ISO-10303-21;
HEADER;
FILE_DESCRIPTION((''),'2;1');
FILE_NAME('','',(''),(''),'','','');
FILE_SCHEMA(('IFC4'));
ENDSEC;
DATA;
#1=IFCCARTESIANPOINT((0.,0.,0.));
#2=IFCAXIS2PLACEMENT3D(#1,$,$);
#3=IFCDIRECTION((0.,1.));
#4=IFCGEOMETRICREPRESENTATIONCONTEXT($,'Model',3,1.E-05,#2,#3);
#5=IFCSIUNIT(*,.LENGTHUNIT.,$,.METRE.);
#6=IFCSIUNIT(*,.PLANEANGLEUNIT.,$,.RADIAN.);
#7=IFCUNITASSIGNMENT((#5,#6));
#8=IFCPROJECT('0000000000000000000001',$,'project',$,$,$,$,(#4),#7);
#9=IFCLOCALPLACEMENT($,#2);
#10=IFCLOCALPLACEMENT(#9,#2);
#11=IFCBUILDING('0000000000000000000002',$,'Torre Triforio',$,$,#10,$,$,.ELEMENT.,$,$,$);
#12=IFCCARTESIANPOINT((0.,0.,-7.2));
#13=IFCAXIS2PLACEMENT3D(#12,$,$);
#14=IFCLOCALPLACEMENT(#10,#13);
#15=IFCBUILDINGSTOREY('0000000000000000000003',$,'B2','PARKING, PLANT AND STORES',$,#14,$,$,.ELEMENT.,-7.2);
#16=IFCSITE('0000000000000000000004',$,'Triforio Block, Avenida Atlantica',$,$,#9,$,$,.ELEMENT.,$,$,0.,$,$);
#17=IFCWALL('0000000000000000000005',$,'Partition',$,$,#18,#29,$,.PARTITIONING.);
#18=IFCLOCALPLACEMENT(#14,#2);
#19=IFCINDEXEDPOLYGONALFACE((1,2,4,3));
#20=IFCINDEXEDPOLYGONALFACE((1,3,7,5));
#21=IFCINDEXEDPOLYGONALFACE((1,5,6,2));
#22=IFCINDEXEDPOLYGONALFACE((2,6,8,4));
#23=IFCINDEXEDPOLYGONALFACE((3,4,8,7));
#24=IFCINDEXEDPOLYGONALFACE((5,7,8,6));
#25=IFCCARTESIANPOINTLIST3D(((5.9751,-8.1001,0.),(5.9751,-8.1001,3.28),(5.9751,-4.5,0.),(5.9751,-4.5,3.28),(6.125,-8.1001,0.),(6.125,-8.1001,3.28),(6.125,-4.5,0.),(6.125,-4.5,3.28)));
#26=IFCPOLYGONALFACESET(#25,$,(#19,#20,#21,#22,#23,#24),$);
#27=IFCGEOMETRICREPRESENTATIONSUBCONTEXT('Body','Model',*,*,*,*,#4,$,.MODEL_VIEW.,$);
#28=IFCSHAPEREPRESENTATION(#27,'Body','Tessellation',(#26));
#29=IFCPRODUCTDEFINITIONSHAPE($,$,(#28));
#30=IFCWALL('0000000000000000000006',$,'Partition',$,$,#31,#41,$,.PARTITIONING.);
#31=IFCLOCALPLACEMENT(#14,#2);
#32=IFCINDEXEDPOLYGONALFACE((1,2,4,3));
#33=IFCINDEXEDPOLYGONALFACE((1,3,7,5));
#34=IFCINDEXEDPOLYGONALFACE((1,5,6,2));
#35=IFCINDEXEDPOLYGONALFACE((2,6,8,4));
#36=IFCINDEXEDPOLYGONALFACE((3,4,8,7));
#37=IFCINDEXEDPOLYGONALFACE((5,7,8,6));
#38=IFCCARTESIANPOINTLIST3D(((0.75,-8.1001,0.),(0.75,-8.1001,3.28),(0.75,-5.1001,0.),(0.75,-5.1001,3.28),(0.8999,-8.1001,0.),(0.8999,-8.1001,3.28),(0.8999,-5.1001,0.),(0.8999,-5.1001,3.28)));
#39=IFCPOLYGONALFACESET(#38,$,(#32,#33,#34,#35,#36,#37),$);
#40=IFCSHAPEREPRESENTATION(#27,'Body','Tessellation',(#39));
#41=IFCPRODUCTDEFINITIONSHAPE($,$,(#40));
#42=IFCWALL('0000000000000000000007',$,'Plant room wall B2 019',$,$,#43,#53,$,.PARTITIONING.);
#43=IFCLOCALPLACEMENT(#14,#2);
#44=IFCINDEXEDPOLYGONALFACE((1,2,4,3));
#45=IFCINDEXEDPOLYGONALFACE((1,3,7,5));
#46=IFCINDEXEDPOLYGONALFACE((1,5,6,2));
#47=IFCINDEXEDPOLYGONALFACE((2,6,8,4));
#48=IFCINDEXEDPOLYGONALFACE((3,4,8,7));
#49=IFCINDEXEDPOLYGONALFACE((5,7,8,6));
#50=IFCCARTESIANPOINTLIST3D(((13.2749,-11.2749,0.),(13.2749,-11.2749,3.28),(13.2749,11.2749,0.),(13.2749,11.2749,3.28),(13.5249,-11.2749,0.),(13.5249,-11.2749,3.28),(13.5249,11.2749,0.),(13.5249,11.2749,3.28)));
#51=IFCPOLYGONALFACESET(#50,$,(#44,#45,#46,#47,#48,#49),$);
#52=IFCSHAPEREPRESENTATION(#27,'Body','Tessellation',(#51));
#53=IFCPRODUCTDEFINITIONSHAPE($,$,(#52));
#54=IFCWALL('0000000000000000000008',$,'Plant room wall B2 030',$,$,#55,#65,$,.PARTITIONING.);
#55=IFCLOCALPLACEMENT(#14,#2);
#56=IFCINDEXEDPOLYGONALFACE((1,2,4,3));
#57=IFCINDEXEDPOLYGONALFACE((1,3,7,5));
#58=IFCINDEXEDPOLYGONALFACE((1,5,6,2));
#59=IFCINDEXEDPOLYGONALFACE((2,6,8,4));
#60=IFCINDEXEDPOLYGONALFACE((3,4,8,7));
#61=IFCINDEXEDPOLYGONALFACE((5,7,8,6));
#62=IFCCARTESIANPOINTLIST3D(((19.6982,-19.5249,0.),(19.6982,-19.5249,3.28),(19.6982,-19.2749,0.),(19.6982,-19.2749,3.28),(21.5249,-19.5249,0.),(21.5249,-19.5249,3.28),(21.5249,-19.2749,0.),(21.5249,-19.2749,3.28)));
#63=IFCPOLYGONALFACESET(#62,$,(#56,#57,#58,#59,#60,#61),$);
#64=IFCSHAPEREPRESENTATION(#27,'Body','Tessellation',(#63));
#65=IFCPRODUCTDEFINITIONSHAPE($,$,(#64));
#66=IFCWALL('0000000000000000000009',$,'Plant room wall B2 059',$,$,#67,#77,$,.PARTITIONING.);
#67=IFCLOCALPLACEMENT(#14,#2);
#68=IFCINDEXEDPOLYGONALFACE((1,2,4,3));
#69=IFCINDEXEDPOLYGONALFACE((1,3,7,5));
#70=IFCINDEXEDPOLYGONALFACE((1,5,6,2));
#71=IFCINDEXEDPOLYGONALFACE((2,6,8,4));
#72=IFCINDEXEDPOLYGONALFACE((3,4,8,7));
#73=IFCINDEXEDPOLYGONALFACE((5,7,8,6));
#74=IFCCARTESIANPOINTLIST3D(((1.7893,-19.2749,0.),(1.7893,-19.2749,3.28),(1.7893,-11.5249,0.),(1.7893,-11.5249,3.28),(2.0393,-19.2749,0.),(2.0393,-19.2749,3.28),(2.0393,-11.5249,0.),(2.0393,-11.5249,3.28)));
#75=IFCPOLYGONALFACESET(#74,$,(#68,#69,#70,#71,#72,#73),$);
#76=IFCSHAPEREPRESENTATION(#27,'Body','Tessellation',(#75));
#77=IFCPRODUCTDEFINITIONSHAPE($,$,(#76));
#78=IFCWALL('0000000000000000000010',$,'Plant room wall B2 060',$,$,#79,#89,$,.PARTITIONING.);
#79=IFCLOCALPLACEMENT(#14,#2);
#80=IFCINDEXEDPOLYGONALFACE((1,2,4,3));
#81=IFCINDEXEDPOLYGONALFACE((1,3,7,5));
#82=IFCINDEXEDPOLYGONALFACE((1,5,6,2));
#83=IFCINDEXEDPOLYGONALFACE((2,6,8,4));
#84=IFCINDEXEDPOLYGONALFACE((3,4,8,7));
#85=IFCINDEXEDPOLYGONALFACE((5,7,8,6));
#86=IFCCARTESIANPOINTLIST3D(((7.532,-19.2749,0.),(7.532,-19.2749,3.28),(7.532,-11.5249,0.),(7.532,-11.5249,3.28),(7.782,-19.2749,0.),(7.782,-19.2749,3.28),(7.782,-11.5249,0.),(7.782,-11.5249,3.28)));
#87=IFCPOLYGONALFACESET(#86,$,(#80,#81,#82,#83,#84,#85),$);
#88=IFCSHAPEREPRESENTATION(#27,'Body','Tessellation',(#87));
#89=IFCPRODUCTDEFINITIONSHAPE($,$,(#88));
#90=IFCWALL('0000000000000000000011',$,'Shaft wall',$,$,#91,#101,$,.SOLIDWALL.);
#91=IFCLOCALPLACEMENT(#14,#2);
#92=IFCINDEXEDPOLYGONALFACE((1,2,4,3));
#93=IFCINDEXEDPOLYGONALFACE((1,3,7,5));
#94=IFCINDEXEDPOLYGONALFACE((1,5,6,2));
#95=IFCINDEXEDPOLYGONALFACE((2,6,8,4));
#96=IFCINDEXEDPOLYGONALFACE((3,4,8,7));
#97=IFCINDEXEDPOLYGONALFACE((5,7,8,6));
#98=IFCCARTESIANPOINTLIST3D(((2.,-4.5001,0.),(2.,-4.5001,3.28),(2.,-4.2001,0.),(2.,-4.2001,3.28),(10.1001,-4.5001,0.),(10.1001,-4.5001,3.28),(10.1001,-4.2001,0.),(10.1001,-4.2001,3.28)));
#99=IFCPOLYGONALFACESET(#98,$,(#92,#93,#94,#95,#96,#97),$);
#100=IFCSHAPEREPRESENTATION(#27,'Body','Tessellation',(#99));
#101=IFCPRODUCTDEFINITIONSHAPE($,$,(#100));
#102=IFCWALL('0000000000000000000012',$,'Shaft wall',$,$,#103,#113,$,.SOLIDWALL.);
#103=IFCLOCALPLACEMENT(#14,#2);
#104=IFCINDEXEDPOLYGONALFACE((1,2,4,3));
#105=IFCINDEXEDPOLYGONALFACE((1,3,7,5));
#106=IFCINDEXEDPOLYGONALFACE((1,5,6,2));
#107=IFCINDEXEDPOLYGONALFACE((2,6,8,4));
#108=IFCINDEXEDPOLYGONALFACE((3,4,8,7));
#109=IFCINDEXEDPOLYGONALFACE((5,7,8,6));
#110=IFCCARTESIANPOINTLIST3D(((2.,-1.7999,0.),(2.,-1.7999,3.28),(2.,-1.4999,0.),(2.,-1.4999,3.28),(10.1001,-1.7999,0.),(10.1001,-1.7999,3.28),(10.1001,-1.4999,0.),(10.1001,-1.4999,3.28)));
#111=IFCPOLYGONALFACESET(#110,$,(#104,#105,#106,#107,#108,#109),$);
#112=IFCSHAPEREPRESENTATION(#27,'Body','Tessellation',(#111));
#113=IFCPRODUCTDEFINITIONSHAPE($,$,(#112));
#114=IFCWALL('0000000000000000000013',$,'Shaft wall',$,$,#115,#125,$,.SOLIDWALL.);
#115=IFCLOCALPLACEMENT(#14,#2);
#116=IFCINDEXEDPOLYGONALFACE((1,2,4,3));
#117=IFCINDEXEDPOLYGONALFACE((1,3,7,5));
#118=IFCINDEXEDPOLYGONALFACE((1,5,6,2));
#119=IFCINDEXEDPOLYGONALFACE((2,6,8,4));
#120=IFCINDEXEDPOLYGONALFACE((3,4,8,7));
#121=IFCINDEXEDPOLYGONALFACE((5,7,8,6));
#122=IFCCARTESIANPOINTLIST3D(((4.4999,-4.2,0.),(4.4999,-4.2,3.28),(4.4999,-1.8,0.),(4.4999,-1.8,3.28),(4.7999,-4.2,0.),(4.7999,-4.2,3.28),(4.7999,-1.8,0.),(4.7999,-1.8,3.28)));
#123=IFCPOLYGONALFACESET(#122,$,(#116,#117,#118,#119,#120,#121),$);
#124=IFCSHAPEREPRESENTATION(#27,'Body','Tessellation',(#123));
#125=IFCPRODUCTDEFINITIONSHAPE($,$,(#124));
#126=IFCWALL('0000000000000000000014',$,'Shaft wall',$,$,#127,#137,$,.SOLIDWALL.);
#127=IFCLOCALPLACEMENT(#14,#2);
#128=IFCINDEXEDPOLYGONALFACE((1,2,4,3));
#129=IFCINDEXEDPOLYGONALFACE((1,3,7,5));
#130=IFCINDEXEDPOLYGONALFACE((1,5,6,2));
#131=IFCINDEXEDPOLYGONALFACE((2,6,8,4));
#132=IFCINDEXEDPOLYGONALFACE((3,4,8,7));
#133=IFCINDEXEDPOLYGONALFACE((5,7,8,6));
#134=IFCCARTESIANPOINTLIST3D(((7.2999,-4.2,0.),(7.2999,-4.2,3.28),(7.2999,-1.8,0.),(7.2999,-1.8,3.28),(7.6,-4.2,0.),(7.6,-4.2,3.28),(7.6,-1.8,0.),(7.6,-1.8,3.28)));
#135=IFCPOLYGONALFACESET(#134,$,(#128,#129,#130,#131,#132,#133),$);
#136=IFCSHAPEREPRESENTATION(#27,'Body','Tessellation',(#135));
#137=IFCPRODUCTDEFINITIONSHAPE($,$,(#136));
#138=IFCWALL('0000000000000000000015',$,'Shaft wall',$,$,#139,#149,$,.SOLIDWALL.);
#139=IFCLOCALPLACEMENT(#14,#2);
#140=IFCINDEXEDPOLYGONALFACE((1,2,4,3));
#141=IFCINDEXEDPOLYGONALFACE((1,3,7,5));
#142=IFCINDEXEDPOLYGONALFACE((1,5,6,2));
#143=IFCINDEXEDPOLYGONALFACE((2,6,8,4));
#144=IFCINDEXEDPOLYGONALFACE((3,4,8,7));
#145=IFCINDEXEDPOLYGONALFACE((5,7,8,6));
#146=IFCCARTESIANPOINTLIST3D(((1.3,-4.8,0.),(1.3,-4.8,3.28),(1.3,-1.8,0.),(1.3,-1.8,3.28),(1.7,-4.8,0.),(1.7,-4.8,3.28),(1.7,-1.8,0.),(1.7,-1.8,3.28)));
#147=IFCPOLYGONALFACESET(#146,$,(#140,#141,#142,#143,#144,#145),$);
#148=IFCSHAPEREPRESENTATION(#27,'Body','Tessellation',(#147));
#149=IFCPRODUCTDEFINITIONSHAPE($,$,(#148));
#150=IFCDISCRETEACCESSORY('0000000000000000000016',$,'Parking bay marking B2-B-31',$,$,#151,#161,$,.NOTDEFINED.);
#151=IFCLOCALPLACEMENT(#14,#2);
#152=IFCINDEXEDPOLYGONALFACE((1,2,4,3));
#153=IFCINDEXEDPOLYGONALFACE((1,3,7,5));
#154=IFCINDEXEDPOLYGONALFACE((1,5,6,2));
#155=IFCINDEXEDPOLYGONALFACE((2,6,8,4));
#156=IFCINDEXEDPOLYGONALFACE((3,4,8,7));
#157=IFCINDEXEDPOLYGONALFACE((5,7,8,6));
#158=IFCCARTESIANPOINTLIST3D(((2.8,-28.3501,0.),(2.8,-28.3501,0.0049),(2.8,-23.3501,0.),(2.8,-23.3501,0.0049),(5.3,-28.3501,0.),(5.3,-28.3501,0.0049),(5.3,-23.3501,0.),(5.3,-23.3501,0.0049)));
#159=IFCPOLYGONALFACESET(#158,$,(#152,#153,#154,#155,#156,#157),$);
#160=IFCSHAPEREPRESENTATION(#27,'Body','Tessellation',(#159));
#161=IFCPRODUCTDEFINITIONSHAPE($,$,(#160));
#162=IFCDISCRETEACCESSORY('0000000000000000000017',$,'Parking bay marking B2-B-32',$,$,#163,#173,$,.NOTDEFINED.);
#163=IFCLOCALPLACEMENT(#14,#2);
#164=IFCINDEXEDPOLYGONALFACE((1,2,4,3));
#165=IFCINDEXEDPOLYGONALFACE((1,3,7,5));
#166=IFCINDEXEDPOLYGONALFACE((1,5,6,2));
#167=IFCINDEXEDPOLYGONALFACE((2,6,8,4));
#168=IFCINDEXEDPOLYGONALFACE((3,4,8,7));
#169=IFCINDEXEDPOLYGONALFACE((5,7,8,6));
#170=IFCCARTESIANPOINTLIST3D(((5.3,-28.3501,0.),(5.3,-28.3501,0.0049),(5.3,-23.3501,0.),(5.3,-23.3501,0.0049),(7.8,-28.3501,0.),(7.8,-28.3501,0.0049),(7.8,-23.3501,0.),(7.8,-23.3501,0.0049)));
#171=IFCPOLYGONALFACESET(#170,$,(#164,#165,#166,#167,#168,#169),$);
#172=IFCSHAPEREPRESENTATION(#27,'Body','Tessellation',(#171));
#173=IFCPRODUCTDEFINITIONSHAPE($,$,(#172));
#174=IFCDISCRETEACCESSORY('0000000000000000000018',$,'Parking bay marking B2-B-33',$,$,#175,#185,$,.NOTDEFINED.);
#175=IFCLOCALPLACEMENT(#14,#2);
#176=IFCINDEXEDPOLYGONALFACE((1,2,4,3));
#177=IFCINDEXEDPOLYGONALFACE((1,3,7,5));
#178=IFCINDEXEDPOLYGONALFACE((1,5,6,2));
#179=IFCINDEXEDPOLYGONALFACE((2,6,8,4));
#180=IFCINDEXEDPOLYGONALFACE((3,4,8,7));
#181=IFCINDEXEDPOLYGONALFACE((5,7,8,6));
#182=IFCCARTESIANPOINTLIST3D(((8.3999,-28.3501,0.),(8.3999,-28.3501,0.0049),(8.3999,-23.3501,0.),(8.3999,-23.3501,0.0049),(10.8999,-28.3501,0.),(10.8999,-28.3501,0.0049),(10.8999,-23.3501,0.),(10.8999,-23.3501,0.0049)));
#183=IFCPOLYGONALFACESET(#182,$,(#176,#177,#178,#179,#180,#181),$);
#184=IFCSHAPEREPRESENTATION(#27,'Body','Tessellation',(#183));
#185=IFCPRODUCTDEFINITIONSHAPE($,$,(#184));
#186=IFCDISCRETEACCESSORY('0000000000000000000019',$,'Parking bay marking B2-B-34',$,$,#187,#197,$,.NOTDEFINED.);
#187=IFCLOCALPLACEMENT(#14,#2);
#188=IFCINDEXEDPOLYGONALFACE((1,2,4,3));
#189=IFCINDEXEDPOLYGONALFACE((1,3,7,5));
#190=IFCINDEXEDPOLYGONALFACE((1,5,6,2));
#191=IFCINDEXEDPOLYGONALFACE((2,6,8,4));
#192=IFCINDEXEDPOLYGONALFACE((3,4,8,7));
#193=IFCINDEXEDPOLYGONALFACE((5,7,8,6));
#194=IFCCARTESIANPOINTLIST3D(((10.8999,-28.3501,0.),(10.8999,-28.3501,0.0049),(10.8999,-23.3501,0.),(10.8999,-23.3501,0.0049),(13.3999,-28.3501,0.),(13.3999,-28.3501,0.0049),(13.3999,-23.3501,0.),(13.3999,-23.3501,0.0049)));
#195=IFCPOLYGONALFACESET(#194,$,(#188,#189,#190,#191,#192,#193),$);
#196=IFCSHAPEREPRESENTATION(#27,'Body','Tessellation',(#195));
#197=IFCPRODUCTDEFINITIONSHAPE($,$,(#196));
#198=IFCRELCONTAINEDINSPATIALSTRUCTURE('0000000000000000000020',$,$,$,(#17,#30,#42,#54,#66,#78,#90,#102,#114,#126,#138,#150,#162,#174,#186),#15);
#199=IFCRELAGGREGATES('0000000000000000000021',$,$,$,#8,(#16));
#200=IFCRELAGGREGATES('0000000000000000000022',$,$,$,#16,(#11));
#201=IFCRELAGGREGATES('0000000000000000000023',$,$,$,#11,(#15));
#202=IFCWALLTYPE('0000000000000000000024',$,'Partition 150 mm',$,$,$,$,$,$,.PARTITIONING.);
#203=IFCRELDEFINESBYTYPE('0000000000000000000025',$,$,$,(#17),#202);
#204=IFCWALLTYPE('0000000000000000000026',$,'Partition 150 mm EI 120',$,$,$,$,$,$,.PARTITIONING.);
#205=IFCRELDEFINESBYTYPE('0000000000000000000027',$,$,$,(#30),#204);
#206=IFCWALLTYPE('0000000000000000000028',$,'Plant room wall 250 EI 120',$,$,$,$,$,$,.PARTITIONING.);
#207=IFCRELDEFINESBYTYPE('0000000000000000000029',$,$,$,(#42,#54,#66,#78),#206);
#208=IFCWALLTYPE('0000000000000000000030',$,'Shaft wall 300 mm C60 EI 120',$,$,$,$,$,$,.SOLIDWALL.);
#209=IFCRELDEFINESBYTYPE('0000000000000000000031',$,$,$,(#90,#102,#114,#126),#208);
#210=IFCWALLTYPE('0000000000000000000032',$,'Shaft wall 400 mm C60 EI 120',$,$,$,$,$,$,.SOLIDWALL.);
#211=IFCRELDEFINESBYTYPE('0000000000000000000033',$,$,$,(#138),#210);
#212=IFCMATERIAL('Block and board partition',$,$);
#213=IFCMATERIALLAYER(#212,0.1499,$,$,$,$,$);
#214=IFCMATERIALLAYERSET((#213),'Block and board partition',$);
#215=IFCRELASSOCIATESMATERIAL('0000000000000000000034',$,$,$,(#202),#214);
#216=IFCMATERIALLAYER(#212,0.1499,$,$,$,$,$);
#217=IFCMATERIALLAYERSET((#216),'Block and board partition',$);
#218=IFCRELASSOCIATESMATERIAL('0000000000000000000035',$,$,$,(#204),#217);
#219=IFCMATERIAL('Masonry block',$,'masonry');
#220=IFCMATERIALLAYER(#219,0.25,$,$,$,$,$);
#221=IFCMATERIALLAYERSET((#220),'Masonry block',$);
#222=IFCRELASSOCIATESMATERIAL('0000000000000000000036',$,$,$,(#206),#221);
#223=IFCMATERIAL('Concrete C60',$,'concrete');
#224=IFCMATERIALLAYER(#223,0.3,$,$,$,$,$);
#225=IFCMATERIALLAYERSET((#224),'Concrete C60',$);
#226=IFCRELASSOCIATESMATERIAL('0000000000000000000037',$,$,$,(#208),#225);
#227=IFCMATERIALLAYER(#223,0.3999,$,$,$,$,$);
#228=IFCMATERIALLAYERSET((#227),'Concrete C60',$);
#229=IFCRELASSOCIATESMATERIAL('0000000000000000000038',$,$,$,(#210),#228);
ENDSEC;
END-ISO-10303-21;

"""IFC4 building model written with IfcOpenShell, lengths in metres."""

from ifc_helpers import new_model, si_unit, direction, frame, frame_2d, origin, origin_2d, place, context, subcontext, project, spatial, rectangle, extrude, material, layer, layer_set, type_object, element, save


model = new_model("IFC4")

# Units and contexts
model_context = context("Model", 3, precision=1e-05, world=origin(), true_north=direction((0.0, 1.0)))
body_context = subcontext(model_context, "Body", "Model", "MODEL_VIEW")
ifc_project = project(units=[si_unit("LENGTHUNIT", "METRE"), si_unit("PLANEANGLEUNIT", "RADIAN")], contexts=[model_context])

# Site, building, storey
site_placement = place(None, origin())
site = spatial("IfcSite", under=ifc_project, at=site_placement, Name="Triforio Block, Avenida Atlantica", CompositionType="ELEMENT", RefElevation=0.0)
building_placement = place(site_placement, origin())
building = spatial("IfcBuilding", under=site, at=building_placement, Name="Torre Triforio", CompositionType="ELEMENT")
storey_placement = place(building_placement, frame((0.0, 0.0, -7.2)))
storey = spatial("IfcBuildingStorey", under=building, at=storey_placement, Name="B2", Description="PARKING, PLANT AND STORES", CompositionType="ELEMENT", Elevation=-7.2)

# Shared definitions
ifc_material_1 = material(Name="Concrete C60", Category="concrete")

# Shared definitions
ifc_material_2 = material(Name="Block and board partition")

# Walls
ifc_layer_1 = layer(ifc_material_2, 0.1499)
ifc_layer_set_1 = layer_set([ifc_layer_1], Name="Block and board partition")
wall_type_1 = type_object("IfcWallType", Name="Partition 150 mm", PredefinedType="PARTITIONING", material=ifc_layer_set_1)
wall_1_placement = place(storey_placement, frame((6.05, -8.1001, 0.0), z_axis=(0.0, 0.0, 1.0), x_axis=(0.0, 1.0, 0.0)))
element("IfcWall", 1, at=wall_1_placement, inside=storey, type_object=wall_type_1, Name="Partition", PredefinedType="PARTITIONING", context=body_context, shape_type="SweptSolid", body=[
    extrude(rectangle(XDim=3.6001, YDim=0.1499, at=frame_2d((1.8, 0.0))), origin(), (0.0, 0.0, 1.0), 3.28),
])
ifc_layer_2 = layer(ifc_material_2, 0.1499)
ifc_layer_set_2 = layer_set([ifc_layer_2], Name="Block and board partition")
wall_type_2 = type_object("IfcWallType", Name="Partition 150 mm EI 120", PredefinedType="PARTITIONING", material=ifc_layer_set_2)
wall_2_placement = place(storey_placement, frame((0.825, -8.1001, 0.0), z_axis=(0.0, 0.0, 1.0), x_axis=(0.0, 1.0, 0.0)))
element("IfcWall", 2, at=wall_2_placement, inside=storey, type_object=wall_type_2, Name="Partition", PredefinedType="PARTITIONING", context=body_context, shape_type="SweptSolid", body=[
    extrude(rectangle(XDim=3.0, YDim=0.1499, at=frame_2d((1.5, 0.0))), origin(), (0.0, 0.0, 1.0), 3.28),
])
ifc_material_3 = material(Name="Masonry block", Category="masonry")
ifc_layer_3 = layer(ifc_material_3, 0.25)
ifc_layer_set_3 = layer_set([ifc_layer_3], Name="Masonry block")
wall_type_3 = type_object("IfcWallType", Name="Plant room wall 250 EI 120", PredefinedType="PARTITIONING", material=ifc_layer_set_3)
wall_3_placement = place(storey_placement, frame((13.3999, -11.2749, 0.0), z_axis=(0.0, 0.0, 1.0), x_axis=(0.0, 1.0, 0.0)))
element("IfcWall", 3, at=wall_3_placement, inside=storey, type_object=wall_type_3, Name="Plant room wall B2 019", PredefinedType="PARTITIONING", context=body_context, shape_type="SweptSolid", body=[
    extrude(rectangle(XDim=22.5498, YDim=0.25, at=frame_2d((11.2749, 0.0))), origin(), (0.0, 0.0, 1.0), 3.28),
])
wall_4_placement = place(storey_placement, frame((19.6982, -19.3999, 0.0), z_axis=(0.0, 0.0, 1.0), x_axis=(1.0, 0.0, 0.0)))
element("IfcWall", 4, at=wall_4_placement, inside=storey, type_object=wall_type_3, Name="Plant room wall B2 030", PredefinedType="PARTITIONING", context=body_context, shape_type="SweptSolid", body=[
    extrude(rectangle(XDim=1.8267, YDim=0.25, at=frame_2d((0.9133, 0.0))), origin(), (0.0, 0.0, 1.0), 3.28),
])
for number, where, z_axis, x_axis, name in (
    (5, (1.9143, -19.2749, 0.0), (0.0, 0.0, 1.0), (0.0, 1.0, 0.0), "Plant room wall B2 059"),
    (6, (7.657, -19.2749, 0.0), (0.0, 0.0, 1.0), (0.0, 1.0, 0.0), "Plant room wall B2 060"),
):
    element("IfcWall", number, at=place(storey_placement, frame(where, z_axis=z_axis, x_axis=x_axis)), inside=storey, type_object=wall_type_3, Name=name, PredefinedType="PARTITIONING", context=body_context, shape_type="SweptSolid", body=[
        extrude(rectangle(XDim=7.75, YDim=0.25, at=frame_2d((3.875, 0.0))), origin(), (0.0, 0.0, 1.0), 3.28),
    ])
ifc_layer_4 = layer(ifc_material_1, 0.3)
ifc_layer_set_4 = layer_set([ifc_layer_4], Name="Concrete C60")
wall_type_4 = type_object("IfcWallType", Name="Shaft wall 300 mm C60 EI 120", PredefinedType="SOLIDWALL", material=ifc_layer_set_4)
for number, where, z_axis, x_axis, name in (
    (7, (2.0, -4.3501, 0.0), (0.0, 0.0, 1.0), (1.0, 0.0, 0.0), "Shaft wall"),
    (8, (2.0, -1.6499, 0.0), (0.0, 0.0, 1.0), (1.0, 0.0, 0.0), "Shaft wall"),
):
    element("IfcWall", number, at=place(storey_placement, frame(where, z_axis=z_axis, x_axis=x_axis)), inside=storey, type_object=wall_type_4, Name=name, PredefinedType="SOLIDWALL", context=body_context, shape_type="SweptSolid", body=[
        extrude(rectangle(XDim=8.1001, YDim=0.3, at=frame_2d((4.05, 0.0))), origin(), (0.0, 0.0, 1.0), 3.28),
    ])
for number, where, z_axis, x_axis, name in (
    (9, (4.6499, -4.2, 0.0), (0.0, 0.0, 1.0), (0.0, 1.0, 0.0), "Shaft wall"),
    (10, (7.45, -4.2, 0.0), (0.0, 0.0, 1.0), (0.0, 1.0, 0.0), "Shaft wall"),
):
    element("IfcWall", number, at=place(storey_placement, frame(where, z_axis=z_axis, x_axis=x_axis)), inside=storey, type_object=wall_type_4, Name=name, PredefinedType="SOLIDWALL", context=body_context, shape_type="SweptSolid", body=[
        extrude(rectangle(XDim=2.3999, YDim=0.3, at=frame_2d((1.2, 0.0))), origin(), (0.0, 0.0, 1.0), 3.28),
    ])
ifc_layer_5 = layer(ifc_material_1, 0.3999)
ifc_layer_set_5 = layer_set([ifc_layer_5], Name="Concrete C60")
wall_type_5 = type_object("IfcWallType", Name="Shaft wall 400 mm C60 EI 120", PredefinedType="SOLIDWALL", material=ifc_layer_set_5)
wall_5_placement = place(storey_placement, frame((1.5, -4.8, 0.0), z_axis=(0.0, 0.0, 1.0), x_axis=(0.0, 1.0, 0.0)))
element("IfcWall", 11, at=wall_5_placement, inside=storey, type_object=wall_type_5, Name="Shaft wall", PredefinedType="SOLIDWALL", context=body_context, shape_type="SweptSolid", body=[
    extrude(rectangle(XDim=3.0, YDim=0.3999, at=frame_2d((1.5, 0.0))), origin(), (0.0, 0.0, 1.0), 3.28),
])

# Discrete accessories
for number, where, z_axis, x_axis, name in (
    (12, (4.05, -25.8501, 0.0), (0.0, 0.0, 1.0), (1.0, 0.0, 0.0), "Parking bay marking B2-B-31"),
    (13, (6.55, -25.8501, 0.0), (0.0, 0.0, 1.0), (1.0, 0.0, 0.0), "Parking bay marking B2-B-32"),
    (14, (9.6499, -25.8501, 0.0), (0.0, 0.0, 1.0), (1.0, 0.0, 0.0), "Parking bay marking B2-B-33"),
    (15, (12.1499, -25.8501, 0.0), (0.0, 0.0, 1.0), (1.0, 0.0, 0.0), "Parking bay marking B2-B-34"),
):
    element("IfcDiscreteAccessory", number, at=place(storey_placement, frame(where, z_axis=z_axis, x_axis=x_axis)), inside=storey, Name=name, PredefinedType="NOTDEFINED", context=body_context, shape_type="SweptSolid", body=[
        extrude(rectangle(XDim=2.5, YDim=5.0, at=origin_2d()), origin(), (0.0, 0.0, 1.0), 0.0049),
    ])

save(model, "model.ifc")
